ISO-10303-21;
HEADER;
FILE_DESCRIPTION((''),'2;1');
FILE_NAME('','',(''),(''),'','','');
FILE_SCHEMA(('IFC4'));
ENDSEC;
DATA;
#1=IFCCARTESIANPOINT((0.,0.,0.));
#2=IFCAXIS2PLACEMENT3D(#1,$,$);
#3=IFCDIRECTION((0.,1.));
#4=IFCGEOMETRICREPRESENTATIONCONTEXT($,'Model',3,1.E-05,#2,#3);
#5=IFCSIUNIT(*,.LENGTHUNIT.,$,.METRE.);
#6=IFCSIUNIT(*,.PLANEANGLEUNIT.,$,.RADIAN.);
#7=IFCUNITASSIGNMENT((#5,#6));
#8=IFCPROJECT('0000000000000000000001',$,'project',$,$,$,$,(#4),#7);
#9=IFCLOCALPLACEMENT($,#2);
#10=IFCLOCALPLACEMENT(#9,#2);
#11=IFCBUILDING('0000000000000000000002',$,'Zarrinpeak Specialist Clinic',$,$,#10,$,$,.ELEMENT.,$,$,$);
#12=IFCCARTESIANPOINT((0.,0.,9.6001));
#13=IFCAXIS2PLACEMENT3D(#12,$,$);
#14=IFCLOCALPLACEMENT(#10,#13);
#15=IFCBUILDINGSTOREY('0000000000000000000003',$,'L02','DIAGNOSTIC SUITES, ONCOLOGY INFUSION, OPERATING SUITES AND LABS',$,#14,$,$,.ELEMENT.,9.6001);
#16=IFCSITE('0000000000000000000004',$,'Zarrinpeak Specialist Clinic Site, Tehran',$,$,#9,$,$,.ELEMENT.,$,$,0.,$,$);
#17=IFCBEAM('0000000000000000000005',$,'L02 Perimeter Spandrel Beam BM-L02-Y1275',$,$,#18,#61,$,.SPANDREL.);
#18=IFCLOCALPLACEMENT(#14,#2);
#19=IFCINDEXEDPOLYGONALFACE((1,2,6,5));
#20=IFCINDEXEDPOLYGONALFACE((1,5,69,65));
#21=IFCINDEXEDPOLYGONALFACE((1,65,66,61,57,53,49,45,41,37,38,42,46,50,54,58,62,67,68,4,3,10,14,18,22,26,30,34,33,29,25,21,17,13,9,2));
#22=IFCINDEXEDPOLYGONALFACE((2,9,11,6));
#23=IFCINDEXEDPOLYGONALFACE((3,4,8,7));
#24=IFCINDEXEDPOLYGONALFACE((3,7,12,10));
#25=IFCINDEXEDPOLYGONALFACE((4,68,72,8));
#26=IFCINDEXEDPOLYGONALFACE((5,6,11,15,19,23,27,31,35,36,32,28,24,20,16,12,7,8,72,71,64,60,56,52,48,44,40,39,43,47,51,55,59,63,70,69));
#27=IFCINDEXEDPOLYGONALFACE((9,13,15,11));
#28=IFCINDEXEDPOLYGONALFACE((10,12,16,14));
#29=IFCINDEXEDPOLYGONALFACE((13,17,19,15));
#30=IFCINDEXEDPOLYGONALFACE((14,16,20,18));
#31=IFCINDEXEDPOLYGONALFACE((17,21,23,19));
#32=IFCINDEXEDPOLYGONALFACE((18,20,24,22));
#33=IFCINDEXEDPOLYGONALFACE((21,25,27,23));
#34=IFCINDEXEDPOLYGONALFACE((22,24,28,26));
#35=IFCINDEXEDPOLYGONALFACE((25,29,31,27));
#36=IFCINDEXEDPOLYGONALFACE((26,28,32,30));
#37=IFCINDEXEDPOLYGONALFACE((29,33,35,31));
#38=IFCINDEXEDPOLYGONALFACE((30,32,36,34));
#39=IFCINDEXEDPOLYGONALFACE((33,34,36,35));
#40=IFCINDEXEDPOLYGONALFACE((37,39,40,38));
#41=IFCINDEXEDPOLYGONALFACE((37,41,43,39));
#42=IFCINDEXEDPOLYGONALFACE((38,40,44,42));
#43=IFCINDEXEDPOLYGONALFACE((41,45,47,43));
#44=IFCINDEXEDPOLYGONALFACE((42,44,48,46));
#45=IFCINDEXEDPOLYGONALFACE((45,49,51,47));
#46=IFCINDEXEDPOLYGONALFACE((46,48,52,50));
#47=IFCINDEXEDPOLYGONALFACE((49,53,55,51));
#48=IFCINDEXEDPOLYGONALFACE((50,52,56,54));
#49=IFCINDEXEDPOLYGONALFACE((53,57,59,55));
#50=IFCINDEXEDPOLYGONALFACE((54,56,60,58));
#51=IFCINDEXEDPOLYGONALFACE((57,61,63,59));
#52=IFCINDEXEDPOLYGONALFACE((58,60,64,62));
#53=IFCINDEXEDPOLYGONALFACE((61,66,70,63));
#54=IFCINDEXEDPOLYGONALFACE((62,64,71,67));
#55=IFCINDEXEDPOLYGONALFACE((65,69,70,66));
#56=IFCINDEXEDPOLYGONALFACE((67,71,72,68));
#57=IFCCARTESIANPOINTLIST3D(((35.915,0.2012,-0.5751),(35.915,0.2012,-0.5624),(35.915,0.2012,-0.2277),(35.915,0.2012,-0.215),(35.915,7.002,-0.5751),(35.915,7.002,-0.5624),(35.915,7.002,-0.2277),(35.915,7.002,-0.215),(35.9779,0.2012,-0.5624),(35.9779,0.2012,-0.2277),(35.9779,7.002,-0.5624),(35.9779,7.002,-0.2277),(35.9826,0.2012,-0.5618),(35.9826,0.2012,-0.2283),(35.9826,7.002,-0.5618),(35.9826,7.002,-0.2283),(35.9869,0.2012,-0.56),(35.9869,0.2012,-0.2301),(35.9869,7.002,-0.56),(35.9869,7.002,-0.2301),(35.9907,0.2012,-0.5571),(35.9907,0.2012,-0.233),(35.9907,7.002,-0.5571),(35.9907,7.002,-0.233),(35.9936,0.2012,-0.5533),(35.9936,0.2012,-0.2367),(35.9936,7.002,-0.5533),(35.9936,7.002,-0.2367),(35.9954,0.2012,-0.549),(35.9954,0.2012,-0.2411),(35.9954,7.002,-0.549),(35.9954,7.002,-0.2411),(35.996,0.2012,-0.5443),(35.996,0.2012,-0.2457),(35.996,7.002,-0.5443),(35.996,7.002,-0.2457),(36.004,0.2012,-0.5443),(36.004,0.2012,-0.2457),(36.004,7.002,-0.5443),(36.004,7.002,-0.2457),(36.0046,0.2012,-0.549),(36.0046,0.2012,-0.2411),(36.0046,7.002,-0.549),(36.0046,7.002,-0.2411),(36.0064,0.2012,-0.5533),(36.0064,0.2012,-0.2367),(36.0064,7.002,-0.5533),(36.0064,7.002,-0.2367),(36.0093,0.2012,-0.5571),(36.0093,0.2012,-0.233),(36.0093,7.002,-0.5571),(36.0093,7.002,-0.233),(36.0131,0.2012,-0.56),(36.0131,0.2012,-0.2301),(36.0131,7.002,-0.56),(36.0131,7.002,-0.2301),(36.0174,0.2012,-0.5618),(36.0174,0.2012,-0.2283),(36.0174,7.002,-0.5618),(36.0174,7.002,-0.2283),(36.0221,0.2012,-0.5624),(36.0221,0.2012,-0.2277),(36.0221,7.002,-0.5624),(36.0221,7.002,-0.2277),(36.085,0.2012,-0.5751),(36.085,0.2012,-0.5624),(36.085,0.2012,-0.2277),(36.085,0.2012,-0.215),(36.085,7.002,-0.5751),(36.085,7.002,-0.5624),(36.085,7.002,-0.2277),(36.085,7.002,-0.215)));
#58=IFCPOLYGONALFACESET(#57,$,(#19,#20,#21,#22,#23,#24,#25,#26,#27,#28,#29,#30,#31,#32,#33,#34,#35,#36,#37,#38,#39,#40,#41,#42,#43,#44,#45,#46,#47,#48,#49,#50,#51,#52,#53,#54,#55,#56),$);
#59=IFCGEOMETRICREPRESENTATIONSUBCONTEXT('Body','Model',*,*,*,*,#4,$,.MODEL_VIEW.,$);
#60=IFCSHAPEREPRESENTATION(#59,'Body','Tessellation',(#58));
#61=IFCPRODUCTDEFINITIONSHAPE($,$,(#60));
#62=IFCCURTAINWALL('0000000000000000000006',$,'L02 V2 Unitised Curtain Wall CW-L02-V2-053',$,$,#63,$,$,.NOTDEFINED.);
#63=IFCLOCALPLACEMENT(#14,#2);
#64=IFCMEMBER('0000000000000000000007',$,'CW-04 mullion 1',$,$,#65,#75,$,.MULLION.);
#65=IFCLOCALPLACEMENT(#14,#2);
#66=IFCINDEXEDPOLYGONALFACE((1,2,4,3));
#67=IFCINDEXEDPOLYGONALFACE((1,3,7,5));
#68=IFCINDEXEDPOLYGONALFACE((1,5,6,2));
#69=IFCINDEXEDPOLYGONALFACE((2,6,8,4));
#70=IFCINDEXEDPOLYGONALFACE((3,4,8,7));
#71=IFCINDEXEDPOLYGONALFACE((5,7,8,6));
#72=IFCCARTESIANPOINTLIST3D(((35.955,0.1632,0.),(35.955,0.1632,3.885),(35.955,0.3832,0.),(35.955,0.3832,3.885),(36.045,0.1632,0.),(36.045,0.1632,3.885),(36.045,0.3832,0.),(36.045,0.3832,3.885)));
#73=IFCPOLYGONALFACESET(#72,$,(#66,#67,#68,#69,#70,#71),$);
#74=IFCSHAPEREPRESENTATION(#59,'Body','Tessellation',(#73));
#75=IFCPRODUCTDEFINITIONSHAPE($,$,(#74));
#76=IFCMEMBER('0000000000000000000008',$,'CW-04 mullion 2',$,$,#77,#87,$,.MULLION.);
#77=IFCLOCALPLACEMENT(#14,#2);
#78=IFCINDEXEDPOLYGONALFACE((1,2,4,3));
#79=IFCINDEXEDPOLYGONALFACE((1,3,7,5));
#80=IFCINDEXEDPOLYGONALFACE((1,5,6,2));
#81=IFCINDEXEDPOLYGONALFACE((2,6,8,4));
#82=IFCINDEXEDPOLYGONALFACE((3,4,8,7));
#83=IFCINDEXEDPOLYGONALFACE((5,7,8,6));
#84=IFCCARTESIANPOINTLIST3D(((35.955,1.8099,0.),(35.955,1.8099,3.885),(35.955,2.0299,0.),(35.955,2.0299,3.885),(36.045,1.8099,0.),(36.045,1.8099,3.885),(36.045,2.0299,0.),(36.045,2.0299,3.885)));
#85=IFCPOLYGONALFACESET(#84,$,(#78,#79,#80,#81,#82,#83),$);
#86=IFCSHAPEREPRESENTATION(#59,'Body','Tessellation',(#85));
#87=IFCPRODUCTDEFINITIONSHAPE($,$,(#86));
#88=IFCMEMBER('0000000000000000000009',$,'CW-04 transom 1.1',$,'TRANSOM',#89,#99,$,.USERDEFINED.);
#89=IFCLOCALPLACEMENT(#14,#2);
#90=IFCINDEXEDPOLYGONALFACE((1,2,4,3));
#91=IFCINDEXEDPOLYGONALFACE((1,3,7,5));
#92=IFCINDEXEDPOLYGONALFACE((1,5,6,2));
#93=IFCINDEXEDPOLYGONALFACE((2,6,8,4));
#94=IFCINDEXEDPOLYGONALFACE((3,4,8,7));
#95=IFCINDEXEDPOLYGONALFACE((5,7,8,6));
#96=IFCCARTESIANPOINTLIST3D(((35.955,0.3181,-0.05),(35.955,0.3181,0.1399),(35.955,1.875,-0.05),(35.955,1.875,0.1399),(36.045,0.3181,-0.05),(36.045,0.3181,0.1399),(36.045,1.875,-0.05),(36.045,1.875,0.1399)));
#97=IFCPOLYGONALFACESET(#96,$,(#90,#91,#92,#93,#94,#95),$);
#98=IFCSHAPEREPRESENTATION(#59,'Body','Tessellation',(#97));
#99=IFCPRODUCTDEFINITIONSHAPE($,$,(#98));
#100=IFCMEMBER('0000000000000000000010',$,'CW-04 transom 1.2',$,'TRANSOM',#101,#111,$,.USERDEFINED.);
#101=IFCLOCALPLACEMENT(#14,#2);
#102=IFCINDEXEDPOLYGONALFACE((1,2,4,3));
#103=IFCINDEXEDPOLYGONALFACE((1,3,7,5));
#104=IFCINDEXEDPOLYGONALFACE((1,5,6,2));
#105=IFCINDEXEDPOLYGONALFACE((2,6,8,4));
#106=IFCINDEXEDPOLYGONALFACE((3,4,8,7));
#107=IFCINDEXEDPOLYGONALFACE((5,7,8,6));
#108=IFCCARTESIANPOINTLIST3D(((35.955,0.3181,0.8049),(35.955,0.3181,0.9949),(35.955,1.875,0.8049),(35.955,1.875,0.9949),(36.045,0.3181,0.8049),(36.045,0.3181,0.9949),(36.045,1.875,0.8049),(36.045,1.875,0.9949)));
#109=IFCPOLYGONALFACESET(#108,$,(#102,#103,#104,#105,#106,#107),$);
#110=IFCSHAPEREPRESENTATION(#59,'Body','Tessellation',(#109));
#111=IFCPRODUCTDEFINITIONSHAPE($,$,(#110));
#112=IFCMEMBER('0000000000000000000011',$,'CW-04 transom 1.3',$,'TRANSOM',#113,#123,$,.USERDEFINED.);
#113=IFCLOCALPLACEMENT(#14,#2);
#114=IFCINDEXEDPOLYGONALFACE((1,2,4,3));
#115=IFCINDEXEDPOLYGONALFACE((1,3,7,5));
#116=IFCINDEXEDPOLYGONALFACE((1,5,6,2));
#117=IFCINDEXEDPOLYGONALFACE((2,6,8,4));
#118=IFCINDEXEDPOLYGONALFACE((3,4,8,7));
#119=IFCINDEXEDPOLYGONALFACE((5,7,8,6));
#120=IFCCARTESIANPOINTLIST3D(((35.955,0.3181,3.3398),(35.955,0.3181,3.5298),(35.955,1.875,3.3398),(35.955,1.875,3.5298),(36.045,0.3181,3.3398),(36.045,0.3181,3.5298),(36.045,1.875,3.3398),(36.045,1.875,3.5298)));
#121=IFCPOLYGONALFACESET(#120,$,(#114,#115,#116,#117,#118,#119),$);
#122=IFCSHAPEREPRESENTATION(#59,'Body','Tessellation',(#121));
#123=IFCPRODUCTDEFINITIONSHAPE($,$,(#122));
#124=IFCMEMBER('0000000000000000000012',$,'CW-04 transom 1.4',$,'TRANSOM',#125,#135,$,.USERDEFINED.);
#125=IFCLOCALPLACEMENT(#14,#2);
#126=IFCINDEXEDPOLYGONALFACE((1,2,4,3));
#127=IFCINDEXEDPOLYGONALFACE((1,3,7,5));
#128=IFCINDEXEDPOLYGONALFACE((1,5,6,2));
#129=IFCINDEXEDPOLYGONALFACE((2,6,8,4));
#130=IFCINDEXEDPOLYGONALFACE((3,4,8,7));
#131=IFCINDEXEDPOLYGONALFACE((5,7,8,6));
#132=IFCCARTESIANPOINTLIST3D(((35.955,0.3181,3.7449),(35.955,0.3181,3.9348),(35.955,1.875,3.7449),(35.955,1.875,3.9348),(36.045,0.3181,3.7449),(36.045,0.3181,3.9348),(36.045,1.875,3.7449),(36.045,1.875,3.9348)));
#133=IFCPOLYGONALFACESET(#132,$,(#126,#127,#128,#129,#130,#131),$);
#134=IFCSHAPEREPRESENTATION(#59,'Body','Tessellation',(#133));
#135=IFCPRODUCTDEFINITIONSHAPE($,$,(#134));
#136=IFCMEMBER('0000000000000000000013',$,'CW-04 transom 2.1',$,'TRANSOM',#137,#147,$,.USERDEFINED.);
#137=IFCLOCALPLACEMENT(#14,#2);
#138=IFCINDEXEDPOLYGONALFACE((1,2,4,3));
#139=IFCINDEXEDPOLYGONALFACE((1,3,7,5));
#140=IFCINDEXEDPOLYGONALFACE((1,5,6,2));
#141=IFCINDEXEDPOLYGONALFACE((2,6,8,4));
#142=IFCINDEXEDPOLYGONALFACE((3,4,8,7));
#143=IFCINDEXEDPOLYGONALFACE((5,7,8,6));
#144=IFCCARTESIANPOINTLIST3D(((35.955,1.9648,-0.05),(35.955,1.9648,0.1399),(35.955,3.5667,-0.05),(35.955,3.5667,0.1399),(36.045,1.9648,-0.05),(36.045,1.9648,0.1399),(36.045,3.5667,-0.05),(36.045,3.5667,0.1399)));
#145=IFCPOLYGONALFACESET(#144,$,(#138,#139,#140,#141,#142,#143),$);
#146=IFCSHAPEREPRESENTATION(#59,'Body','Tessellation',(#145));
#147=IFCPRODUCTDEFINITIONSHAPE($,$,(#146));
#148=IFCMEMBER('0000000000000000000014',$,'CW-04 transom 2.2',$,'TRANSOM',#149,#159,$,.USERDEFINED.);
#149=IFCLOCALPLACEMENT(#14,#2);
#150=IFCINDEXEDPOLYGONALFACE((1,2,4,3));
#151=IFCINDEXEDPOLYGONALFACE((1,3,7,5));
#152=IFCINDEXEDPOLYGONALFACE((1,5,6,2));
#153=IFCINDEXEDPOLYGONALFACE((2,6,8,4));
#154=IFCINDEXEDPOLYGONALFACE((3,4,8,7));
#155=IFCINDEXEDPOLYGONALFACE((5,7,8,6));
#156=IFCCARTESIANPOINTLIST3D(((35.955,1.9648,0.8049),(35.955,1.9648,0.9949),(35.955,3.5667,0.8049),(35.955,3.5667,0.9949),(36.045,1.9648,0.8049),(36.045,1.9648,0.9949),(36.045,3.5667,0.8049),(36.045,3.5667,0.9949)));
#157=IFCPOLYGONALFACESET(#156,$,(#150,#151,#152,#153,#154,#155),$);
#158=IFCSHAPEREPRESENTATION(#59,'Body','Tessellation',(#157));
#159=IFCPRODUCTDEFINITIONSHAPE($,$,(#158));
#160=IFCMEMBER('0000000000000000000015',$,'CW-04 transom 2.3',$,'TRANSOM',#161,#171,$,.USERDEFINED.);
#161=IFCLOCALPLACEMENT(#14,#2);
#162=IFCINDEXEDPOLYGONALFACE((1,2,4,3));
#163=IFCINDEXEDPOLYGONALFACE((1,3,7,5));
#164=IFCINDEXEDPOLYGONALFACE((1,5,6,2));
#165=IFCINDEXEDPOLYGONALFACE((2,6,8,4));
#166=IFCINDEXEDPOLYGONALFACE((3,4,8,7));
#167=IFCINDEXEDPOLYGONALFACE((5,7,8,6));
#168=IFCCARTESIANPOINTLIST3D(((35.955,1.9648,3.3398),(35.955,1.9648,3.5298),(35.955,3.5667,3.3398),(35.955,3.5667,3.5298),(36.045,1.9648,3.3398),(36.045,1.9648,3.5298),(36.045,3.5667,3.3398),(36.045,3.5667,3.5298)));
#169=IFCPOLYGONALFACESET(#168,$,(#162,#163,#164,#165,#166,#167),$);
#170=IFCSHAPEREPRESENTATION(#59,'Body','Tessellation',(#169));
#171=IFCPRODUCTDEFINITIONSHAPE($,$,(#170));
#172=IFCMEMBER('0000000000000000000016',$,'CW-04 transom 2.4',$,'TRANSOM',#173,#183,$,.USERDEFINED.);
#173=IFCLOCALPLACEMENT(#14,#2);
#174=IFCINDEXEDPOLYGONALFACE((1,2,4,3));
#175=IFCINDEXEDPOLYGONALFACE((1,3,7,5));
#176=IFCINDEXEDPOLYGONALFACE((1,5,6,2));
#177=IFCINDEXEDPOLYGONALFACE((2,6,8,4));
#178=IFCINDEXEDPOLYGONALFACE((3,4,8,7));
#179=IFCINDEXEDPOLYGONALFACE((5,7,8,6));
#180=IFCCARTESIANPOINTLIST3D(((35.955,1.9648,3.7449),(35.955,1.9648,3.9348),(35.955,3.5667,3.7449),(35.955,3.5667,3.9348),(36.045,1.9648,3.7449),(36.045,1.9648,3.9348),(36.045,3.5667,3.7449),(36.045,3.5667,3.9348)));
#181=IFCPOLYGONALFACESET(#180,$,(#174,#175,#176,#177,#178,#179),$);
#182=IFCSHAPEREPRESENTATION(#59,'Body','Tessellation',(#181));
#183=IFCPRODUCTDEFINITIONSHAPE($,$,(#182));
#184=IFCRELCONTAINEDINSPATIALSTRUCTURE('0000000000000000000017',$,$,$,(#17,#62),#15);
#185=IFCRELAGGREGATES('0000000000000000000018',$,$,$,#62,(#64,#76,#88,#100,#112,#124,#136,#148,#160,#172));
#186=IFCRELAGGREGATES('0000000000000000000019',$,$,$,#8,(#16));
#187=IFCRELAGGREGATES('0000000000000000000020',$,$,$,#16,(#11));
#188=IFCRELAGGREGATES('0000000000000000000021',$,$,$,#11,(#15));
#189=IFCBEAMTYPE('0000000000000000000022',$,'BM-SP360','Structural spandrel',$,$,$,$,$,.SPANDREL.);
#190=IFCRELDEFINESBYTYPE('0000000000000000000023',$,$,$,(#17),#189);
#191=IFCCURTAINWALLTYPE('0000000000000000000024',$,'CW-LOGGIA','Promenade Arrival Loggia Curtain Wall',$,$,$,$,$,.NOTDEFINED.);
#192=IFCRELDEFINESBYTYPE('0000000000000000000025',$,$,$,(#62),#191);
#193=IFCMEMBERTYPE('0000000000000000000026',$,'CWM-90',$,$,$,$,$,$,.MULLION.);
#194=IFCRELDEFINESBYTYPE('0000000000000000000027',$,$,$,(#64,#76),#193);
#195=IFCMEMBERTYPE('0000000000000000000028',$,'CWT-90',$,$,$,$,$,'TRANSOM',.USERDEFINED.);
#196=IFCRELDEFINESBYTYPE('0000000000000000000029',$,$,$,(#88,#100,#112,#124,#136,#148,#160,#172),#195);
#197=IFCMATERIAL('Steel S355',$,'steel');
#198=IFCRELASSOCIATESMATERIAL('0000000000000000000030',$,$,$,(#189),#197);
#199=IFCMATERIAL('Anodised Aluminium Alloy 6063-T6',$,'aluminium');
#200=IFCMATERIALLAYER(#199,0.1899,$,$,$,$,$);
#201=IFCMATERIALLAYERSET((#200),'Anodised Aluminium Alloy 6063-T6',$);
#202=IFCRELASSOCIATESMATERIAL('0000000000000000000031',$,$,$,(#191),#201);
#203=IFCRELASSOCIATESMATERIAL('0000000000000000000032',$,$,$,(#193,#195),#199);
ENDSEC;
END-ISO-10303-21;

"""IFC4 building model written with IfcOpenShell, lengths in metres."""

from ifc_helpers import new_model, si_unit, direction, frame, origin, origin_2d, place, context, subcontext, project, spatial, rectangle, i_section, extrude, material, layer, layer_set, material_profile, profile_set, type_object, element, aggregate, save


model = new_model("IFC4")

# Units and contexts
model_context = context("Model", 3, precision=1e-05, world=origin(), true_north=direction((0.0, 1.0)))
body_context = subcontext(model_context, "Body", "Model", "MODEL_VIEW")
ifc_project = project(units=[si_unit("LENGTHUNIT", "METRE"), si_unit("PLANEANGLEUNIT", "RADIAN")], contexts=[model_context])

# Site, building, storey
site_placement = place(None, origin())
site = spatial("IfcSite", under=ifc_project, at=site_placement, Name="Zarrinpeak Specialist Clinic Site, Tehran", CompositionType="ELEMENT", RefElevation=0.0)
building_placement = place(site_placement, origin())
building = spatial("IfcBuilding", under=site, at=building_placement, Name="Zarrinpeak Specialist Clinic", CompositionType="ELEMENT")
storey_placement = place(building_placement, frame((0.0, 0.0, 9.6001)))
storey = spatial("IfcBuildingStorey", under=building, at=storey_placement, Name="L02", Description="DIAGNOSTIC SUITES, ONCOLOGY INFUSION, OPERATING SUITES AND LABS", CompositionType="ELEMENT", Elevation=9.6001)

# Shared definitions
ifc_material_1 = material(Name="Steel S355", Category="steel")

# Beam
ifc_material_profile_1 = material_profile(ifc_material_1, i_section(OverallWidth=0.1699, OverallDepth=0.3601, WebThickness=0.0081, FlangeThickness=0.0127, FilletRadius=0.0181, at=origin_2d()), Name="IPE 360")
ifc_profile_set_1 = profile_set([ifc_material_profile_1], Name="Steel S355")
beam_type_1 = type_object("IfcBeamType", Name="BM-SP360", Description="Structural spandrel", PredefinedType="SPANDREL", material=ifc_profile_set_1)
beam_1_placement = place(storey_placement, frame((36.0, 0.2012, -0.395), z_axis=(0.0, 1.0, 0.0), x_axis=(-1.0, 0.0, 0.0)))
element("IfcBeam", 1, at=beam_1_placement, inside=storey, type_object=beam_type_1, Name="L02 Perimeter Spandrel Beam BM-L02-Y1275", PredefinedType="SPANDREL", context=body_context, shape_type="SweptSolid", body=[
    extrude(i_section(OverallWidth=0.1699, OverallDepth=0.3601, WebThickness=0.0081, FlangeThickness=0.0127, FilletRadius=0.0181, at=origin_2d()), origin(), (0.0, 0.0, 1.0), 6.8008),
])

# Curtain wall, members
ifc_material_2 = material(Name="Anodised Aluminium Alloy 6063-T6", Category="aluminium")
ifc_layer_1 = layer(ifc_material_2, 0.1899)
ifc_layer_set_1 = layer_set([ifc_layer_1], Name="Anodised Aluminium Alloy 6063-T6")
curtain_wall_type = type_object("IfcCurtainWallType", Name="CW-LOGGIA", Description="Promenade Arrival Loggia Curtain Wall", PredefinedType="NOTDEFINED", material=ifc_layer_set_1)
curtain_wall_placement = place(storey_placement, origin())
curtain_wall = element("IfcCurtainWall", 2, at=curtain_wall_placement, inside=storey, type_object=curtain_wall_type, Name="L02 V2 Unitised Curtain Wall CW-L02-V2-053", PredefinedType="NOTDEFINED")
ifc_material_profile_2 = material_profile(ifc_material_2, rectangle(XDim=0.0901, YDim=0.22, at=origin_2d()), Name="ALU 90x220")
ifc_profile_set_2 = profile_set([ifc_material_profile_2], Name="Anodised Aluminium Alloy 6063-T6")
member_type_1 = type_object("IfcMemberType", Name="CWM-90", PredefinedType="MULLION", material=ifc_profile_set_2)
member_1_placement = place(storey_placement, frame((36.0, 0.2732, 0.0), z_axis=(0.0, 0.0, 1.0), x_axis=(-1.0, 0.0, 0.0)))
member_1 = element("IfcMember", 3, at=member_1_placement, type_object=member_type_1, Name="CW-04 mullion 1", PredefinedType="MULLION", context=body_context, shape_type="SweptSolid", body=[
    extrude(rectangle(XDim=0.0901, YDim=0.22, at=origin_2d()), origin(), (0.0, 0.0, 1.0), 3.885),
])
member_2_placement = place(storey_placement, frame((36.0, 1.9199, 0.0), z_axis=(0.0, 0.0, 1.0), x_axis=(-1.0, 0.0, 0.0)))
member_2 = element("IfcMember", 4, at=member_2_placement, type_object=member_type_1, Name="CW-04 mullion 2", PredefinedType="MULLION", context=body_context, shape_type="SweptSolid", body=[
    extrude(rectangle(XDim=0.0901, YDim=0.22, at=origin_2d()), origin(), (0.0, 0.0, 1.0), 3.885),
])
ifc_material_profile_3 = material_profile(ifc_material_2, rectangle(XDim=0.0901, YDim=0.1899, at=origin_2d()), Name="ALU 90x190")
ifc_profile_set_3 = profile_set([ifc_material_profile_3], Name="Anodised Aluminium Alloy 6063-T6")
member_type_2 = type_object("IfcMemberType", Name="CWT-90", ElementType="TRANSOM", PredefinedType="USERDEFINED", material=ifc_profile_set_3)
member_3_placement = place(storey_placement, frame((36.0, 0.3181, 0.0449), z_axis=(0.0, 1.0, 0.0), x_axis=(-1.0, 0.0, 0.0)))
member_3 = element("IfcMember", 5, at=member_3_placement, type_object=member_type_2, Name="CW-04 transom 1.1", ObjectType="TRANSOM", PredefinedType="USERDEFINED", context=body_context, shape_type="SweptSolid", body=[
    extrude(rectangle(XDim=0.0901, YDim=0.1899, at=origin_2d()), origin(), (0.0, 0.0, 1.0), 1.5569),
])
member_4_placement = place(storey_placement, frame((36.0, 0.3181, 0.8999), z_axis=(0.0, 1.0, 0.0), x_axis=(-1.0, 0.0, 0.0)))
member_4 = element("IfcMember", 6, at=member_4_placement, type_object=member_type_2, Name="CW-04 transom 1.2", ObjectType="TRANSOM", PredefinedType="USERDEFINED", context=body_context, shape_type="SweptSolid", body=[
    extrude(rectangle(XDim=0.0901, YDim=0.1899, at=origin_2d()), origin(), (0.0, 0.0, 1.0), 1.5569),
])
member_5_placement = place(storey_placement, frame((36.0, 0.3181, 3.4348), z_axis=(0.0, 1.0, 0.0), x_axis=(-1.0, 0.0, 0.0)))
member_5 = element("IfcMember", 7, at=member_5_placement, type_object=member_type_2, Name="CW-04 transom 1.3", ObjectType="TRANSOM", PredefinedType="USERDEFINED", context=body_context, shape_type="SweptSolid", body=[
    extrude(rectangle(XDim=0.0901, YDim=0.1899, at=origin_2d()), origin(), (0.0, 0.0, 1.0), 1.5569),
])
member_6_placement = place(storey_placement, frame((36.0, 0.3181, 3.8398), z_axis=(0.0, 1.0, 0.0), x_axis=(-1.0, 0.0, 0.0)))
member_6 = element("IfcMember", 8, at=member_6_placement, type_object=member_type_2, Name="CW-04 transom 1.4", ObjectType="TRANSOM", PredefinedType="USERDEFINED", context=body_context, shape_type="SweptSolid", body=[
    extrude(rectangle(XDim=0.0901, YDim=0.1899, at=origin_2d()), origin(), (0.0, 0.0, 1.0), 1.5569),
])
member_7_placement = place(storey_placement, frame((36.0, 1.9648, 0.0449), z_axis=(0.0, 1.0, 0.0), x_axis=(-1.0, 0.0, 0.0)))
member_7 = element("IfcMember", 9, at=member_7_placement, type_object=member_type_2, Name="CW-04 transom 2.1", ObjectType="TRANSOM", PredefinedType="USERDEFINED", context=body_context, shape_type="SweptSolid", body=[
    extrude(rectangle(XDim=0.0901, YDim=0.1899, at=origin_2d()), origin(), (0.0, 0.0, 1.0), 1.6018),
])
member_8_placement = place(storey_placement, frame((36.0, 1.9648, 0.8999), z_axis=(0.0, 1.0, 0.0), x_axis=(-1.0, 0.0, 0.0)))
member_8 = element("IfcMember", 10, at=member_8_placement, type_object=member_type_2, Name="CW-04 transom 2.2", ObjectType="TRANSOM", PredefinedType="USERDEFINED", context=body_context, shape_type="SweptSolid", body=[
    extrude(rectangle(XDim=0.0901, YDim=0.1899, at=origin_2d()), origin(), (0.0, 0.0, 1.0), 1.6018),
])
member_9_placement = place(storey_placement, frame((36.0, 1.9648, 3.4348), z_axis=(0.0, 1.0, 0.0), x_axis=(-1.0, 0.0, 0.0)))
member_9 = element("IfcMember", 11, at=member_9_placement, type_object=member_type_2, Name="CW-04 transom 2.3", ObjectType="TRANSOM", PredefinedType="USERDEFINED", context=body_context, shape_type="SweptSolid", body=[
    extrude(rectangle(XDim=0.0901, YDim=0.1899, at=origin_2d()), origin(), (0.0, 0.0, 1.0), 1.6018),
])
member_10_placement = place(storey_placement, frame((36.0, 1.9648, 3.8398), z_axis=(0.0, 1.0, 0.0), x_axis=(-1.0, 0.0, 0.0)))
member_10 = element("IfcMember", 12, at=member_10_placement, type_object=member_type_2, Name="CW-04 transom 2.4", ObjectType="TRANSOM", PredefinedType="USERDEFINED", context=body_context, shape_type="SweptSolid", body=[
    extrude(rectangle(XDim=0.0901, YDim=0.1899, at=origin_2d()), origin(), (0.0, 0.0, 1.0), 1.6018),
])
aggregate(curtain_wall, [member_1, member_2, member_3, member_4, member_5, member_6, member_7, member_8, member_9, member_10])

save(model, "model.ifc")
